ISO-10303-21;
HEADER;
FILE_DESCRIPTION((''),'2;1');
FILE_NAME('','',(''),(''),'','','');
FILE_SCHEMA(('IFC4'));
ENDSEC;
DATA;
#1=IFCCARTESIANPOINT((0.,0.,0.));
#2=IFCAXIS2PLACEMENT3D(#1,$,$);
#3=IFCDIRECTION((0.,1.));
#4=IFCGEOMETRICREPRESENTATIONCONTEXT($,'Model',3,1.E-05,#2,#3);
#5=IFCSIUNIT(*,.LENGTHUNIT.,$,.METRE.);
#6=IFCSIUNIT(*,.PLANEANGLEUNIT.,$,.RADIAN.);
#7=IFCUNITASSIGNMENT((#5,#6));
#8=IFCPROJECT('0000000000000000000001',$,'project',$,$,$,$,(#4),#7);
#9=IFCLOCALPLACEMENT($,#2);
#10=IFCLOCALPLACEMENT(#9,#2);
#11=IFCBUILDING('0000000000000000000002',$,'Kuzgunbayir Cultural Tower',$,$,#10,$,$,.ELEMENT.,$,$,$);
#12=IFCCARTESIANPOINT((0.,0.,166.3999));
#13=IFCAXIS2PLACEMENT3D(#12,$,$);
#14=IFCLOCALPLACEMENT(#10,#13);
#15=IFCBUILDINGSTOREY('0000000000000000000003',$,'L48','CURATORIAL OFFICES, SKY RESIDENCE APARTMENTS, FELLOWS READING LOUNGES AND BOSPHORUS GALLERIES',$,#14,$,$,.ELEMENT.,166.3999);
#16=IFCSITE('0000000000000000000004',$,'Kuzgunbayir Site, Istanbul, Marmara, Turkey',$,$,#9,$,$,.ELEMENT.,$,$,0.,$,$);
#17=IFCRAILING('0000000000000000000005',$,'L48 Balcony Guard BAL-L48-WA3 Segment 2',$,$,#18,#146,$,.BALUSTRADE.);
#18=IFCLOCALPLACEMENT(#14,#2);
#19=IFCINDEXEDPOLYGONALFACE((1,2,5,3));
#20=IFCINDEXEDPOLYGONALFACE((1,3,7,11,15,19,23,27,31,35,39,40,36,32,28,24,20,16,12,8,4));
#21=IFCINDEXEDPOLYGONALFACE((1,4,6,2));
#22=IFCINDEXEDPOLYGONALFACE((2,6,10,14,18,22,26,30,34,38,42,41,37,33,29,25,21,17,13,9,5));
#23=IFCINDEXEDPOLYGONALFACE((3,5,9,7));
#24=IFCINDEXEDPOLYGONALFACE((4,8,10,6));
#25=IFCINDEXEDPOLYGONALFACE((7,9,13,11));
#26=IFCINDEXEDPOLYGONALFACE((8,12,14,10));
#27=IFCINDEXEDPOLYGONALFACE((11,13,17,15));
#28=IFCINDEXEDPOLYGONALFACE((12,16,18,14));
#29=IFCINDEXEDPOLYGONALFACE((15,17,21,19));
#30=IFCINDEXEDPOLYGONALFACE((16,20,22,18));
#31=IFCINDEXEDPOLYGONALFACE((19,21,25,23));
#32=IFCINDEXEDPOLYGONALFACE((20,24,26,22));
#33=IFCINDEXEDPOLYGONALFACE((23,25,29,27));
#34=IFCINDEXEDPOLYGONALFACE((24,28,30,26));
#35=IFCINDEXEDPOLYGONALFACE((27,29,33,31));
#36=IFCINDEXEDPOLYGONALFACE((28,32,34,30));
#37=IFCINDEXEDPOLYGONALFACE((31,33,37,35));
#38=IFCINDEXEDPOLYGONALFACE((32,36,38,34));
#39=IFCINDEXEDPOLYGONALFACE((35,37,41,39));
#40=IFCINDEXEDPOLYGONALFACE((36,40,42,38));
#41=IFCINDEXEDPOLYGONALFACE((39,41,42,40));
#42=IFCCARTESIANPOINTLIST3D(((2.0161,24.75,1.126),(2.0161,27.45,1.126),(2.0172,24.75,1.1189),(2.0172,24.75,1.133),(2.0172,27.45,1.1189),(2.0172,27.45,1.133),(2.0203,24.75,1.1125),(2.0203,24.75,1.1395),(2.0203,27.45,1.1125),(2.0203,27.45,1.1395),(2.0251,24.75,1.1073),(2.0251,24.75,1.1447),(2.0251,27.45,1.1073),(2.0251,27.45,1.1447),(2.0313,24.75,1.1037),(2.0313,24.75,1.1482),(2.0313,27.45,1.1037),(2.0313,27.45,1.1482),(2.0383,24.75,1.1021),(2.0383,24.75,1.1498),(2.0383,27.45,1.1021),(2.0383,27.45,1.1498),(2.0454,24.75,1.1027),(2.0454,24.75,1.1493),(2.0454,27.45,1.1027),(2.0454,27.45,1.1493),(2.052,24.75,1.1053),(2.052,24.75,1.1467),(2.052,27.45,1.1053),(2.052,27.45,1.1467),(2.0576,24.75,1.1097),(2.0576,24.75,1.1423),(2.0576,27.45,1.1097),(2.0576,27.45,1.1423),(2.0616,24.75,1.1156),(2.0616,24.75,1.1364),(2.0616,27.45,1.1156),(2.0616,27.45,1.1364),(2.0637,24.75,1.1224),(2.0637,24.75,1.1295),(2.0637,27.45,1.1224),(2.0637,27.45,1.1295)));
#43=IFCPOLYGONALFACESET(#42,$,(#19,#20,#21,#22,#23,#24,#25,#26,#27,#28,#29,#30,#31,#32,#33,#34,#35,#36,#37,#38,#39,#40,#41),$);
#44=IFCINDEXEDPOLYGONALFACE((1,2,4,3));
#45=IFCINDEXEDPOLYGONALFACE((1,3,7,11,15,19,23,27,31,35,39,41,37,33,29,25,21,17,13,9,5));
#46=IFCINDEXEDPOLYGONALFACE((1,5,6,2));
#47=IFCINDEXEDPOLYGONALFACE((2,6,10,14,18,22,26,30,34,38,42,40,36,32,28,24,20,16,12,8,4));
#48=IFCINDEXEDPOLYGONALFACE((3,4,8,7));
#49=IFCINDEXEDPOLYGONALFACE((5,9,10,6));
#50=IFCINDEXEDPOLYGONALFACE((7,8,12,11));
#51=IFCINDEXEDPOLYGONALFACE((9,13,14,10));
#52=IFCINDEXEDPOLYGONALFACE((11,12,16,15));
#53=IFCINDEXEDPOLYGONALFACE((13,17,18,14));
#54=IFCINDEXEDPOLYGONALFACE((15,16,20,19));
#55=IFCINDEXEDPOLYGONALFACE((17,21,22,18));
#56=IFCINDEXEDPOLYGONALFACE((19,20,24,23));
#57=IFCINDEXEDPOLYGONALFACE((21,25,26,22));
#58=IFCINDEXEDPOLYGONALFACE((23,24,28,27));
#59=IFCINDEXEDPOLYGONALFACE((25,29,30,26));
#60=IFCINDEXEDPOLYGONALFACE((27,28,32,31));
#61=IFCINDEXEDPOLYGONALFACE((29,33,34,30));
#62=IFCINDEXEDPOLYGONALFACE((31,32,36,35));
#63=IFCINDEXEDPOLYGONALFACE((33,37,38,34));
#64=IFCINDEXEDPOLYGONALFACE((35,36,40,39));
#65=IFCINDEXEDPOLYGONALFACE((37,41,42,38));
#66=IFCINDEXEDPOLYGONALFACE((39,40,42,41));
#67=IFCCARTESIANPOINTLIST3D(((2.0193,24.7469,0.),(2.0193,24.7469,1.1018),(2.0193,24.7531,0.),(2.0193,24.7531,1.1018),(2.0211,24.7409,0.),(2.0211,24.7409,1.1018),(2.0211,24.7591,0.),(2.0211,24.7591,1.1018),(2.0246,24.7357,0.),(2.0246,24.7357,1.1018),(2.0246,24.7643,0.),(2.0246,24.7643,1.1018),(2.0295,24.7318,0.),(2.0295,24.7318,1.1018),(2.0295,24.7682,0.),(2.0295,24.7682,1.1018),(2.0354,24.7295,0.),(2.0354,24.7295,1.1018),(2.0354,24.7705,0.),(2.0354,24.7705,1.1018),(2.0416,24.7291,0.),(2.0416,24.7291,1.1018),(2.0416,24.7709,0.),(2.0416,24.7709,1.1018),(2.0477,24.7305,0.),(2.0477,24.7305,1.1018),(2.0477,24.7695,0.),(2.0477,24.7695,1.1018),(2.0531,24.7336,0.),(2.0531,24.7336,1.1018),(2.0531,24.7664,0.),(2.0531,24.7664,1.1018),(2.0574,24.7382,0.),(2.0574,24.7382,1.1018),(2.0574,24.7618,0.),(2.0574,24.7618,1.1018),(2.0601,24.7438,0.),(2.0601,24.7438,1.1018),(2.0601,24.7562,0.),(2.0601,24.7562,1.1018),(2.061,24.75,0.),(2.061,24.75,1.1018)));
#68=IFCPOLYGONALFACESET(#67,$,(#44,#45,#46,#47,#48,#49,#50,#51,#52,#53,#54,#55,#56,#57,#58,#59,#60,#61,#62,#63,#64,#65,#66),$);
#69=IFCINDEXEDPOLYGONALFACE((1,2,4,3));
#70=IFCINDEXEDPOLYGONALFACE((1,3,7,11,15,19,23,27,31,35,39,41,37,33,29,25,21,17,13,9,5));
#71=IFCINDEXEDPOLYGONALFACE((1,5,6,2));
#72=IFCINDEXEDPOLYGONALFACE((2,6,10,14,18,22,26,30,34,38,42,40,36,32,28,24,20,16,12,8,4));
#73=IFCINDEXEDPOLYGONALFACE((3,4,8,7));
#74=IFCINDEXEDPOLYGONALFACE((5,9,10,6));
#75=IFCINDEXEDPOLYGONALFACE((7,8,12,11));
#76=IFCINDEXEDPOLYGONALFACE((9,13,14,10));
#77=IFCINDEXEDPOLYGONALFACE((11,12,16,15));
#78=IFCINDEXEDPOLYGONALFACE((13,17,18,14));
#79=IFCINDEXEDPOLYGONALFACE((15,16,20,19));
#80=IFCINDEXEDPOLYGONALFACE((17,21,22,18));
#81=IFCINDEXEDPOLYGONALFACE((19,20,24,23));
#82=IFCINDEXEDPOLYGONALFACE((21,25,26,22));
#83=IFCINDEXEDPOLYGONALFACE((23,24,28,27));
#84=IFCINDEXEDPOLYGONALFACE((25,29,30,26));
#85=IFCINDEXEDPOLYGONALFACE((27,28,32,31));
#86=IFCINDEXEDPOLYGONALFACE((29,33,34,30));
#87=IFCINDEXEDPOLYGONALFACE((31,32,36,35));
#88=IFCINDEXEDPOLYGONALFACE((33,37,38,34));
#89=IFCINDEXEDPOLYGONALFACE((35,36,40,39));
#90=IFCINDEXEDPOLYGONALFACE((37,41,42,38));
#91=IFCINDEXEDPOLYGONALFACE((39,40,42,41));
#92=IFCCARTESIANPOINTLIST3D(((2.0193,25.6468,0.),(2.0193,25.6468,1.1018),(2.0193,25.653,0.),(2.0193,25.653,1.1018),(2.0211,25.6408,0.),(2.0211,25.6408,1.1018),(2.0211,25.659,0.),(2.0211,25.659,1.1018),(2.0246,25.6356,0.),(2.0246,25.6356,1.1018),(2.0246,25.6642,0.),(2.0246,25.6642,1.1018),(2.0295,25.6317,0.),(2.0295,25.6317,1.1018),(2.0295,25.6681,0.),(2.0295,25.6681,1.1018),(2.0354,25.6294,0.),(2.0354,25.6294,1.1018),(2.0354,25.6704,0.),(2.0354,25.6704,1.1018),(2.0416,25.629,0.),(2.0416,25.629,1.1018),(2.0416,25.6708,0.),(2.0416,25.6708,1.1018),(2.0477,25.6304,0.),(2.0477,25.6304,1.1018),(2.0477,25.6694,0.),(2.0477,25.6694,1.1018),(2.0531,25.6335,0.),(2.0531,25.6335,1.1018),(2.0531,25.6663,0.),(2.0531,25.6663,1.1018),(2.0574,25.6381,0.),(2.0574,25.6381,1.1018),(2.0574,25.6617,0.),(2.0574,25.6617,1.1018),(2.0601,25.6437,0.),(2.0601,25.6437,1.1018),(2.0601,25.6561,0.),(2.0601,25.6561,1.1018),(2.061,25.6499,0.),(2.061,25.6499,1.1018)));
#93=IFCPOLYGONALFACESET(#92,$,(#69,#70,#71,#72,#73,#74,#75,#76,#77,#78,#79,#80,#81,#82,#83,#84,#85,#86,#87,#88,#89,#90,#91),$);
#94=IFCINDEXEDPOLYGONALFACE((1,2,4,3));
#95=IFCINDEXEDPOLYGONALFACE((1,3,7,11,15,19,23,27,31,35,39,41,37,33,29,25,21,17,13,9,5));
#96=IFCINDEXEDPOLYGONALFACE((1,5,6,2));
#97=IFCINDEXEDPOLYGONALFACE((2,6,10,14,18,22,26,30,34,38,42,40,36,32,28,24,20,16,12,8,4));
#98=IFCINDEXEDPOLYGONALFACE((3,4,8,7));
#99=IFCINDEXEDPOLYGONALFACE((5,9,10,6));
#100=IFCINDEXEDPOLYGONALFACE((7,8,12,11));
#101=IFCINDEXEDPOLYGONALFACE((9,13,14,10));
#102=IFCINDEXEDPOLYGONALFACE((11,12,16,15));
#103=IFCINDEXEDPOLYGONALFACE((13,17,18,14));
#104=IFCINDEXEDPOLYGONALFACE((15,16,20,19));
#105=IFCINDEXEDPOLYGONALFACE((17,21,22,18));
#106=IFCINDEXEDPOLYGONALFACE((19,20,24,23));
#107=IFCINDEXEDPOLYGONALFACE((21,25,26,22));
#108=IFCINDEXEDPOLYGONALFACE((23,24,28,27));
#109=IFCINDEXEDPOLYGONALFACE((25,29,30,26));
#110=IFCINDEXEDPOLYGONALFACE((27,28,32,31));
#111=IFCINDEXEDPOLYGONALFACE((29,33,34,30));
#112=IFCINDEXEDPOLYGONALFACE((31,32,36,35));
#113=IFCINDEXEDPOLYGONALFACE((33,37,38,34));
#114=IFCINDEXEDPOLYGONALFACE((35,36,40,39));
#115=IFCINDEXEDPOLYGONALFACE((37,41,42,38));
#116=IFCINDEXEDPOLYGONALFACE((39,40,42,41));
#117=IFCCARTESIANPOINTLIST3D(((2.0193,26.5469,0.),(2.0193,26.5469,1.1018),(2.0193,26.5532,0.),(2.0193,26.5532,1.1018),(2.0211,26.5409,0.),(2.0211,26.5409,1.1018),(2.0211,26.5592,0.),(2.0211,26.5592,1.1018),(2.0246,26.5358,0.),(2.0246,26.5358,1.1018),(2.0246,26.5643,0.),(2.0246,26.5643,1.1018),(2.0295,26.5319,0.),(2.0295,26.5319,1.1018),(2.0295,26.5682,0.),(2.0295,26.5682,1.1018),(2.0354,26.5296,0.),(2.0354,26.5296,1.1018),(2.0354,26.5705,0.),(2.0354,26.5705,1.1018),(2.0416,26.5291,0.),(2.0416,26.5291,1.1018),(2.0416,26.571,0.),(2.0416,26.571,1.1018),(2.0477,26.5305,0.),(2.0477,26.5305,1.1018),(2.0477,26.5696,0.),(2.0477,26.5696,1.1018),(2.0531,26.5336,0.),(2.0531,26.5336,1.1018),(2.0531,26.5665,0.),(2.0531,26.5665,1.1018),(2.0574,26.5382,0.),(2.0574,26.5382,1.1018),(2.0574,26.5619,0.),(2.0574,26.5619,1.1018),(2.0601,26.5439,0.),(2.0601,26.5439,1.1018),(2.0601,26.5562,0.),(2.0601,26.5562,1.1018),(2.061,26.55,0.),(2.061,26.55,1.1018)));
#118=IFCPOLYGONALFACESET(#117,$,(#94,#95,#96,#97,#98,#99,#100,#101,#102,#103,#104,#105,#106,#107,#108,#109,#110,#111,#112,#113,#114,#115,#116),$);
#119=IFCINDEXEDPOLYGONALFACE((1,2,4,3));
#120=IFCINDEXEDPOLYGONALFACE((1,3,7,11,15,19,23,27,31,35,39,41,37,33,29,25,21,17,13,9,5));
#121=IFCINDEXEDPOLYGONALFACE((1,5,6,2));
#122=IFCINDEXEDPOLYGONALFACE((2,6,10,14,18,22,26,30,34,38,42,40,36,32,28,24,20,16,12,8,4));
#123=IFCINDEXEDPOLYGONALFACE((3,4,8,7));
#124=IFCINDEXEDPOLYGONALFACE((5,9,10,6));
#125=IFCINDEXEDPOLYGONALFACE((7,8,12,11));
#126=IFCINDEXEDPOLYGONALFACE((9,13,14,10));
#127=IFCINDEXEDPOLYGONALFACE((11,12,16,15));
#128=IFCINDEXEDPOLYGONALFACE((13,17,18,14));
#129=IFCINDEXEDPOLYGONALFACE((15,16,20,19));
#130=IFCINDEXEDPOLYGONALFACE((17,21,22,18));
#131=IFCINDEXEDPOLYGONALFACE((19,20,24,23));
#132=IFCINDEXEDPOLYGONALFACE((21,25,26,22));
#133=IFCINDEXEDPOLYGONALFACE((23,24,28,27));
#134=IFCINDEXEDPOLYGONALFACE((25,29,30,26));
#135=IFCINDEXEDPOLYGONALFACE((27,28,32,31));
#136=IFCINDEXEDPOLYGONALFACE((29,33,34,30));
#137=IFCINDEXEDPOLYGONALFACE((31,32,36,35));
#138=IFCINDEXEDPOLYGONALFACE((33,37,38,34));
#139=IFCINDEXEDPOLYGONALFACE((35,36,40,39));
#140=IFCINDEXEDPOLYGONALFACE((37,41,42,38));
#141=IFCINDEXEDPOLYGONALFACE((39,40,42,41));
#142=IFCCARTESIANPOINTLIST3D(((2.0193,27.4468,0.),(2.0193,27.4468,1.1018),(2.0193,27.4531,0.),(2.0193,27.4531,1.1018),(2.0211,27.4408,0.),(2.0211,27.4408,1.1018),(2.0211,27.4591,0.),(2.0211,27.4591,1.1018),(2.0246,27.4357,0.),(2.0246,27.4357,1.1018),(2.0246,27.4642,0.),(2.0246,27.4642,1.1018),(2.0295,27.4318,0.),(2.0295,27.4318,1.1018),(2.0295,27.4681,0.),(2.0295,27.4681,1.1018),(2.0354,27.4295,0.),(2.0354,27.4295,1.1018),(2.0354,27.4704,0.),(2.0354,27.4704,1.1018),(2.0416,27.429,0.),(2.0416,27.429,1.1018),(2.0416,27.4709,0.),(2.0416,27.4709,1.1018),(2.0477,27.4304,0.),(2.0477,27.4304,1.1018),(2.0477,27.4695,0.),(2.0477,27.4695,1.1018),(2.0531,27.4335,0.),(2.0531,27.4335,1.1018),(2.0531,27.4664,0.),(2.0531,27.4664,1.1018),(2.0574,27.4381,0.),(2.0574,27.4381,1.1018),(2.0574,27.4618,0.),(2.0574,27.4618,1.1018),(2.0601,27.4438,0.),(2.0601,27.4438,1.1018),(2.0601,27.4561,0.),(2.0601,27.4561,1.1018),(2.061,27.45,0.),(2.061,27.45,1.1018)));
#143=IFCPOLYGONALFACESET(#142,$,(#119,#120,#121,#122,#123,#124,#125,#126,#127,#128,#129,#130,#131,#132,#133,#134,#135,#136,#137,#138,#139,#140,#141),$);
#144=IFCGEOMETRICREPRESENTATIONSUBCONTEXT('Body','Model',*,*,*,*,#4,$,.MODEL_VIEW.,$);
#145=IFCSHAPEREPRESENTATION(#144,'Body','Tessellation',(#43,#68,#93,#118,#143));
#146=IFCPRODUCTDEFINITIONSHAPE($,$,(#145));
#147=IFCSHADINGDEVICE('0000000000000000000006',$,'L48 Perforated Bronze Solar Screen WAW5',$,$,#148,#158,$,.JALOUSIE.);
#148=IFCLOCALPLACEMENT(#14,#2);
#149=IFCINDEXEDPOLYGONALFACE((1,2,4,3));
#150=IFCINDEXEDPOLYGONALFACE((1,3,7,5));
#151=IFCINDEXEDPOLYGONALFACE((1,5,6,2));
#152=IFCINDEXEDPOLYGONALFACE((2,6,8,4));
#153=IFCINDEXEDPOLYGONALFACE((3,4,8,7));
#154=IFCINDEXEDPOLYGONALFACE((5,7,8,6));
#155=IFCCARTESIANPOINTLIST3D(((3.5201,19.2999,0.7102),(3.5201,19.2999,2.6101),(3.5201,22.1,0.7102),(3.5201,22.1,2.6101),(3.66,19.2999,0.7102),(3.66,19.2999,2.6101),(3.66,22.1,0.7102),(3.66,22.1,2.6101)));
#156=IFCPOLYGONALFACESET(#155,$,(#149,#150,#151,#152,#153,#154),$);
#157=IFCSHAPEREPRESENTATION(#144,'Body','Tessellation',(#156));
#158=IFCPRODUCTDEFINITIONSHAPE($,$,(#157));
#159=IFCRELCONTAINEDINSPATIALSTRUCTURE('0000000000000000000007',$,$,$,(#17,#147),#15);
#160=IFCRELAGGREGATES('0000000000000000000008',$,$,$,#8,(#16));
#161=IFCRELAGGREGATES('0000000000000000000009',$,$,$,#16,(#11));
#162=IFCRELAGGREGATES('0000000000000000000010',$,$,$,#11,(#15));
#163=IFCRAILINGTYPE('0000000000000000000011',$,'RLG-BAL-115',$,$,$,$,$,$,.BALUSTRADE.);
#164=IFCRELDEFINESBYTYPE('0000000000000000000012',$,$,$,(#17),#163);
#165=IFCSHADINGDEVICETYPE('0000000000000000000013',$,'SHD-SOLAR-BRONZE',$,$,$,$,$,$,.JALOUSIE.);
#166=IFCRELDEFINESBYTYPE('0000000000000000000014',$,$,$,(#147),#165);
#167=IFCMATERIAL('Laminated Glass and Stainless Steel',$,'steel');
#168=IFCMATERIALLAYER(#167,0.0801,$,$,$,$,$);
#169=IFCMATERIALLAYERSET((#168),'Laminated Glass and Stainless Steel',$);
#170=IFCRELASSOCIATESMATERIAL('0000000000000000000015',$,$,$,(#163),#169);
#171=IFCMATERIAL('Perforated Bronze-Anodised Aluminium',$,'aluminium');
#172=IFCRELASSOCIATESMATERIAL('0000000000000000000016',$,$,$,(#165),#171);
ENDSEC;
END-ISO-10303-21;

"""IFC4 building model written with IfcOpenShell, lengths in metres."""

from ifc_helpers import new_model, si_unit, direction, frame, origin, origin_2d, place, context, subcontext, project, spatial, rectangle, circle, extrude, material, layer, layer_set, type_object, element, save


model = new_model("IFC4")

# Units and contexts
model_context = context("Model", 3, precision=1e-05, world=origin(), true_north=direction((0.0, 1.0)))
body_context = subcontext(model_context, "Body", "Model", "MODEL_VIEW")
ifc_project = project(units=[si_unit("LENGTHUNIT", "METRE"), si_unit("PLANEANGLEUNIT", "RADIAN")], contexts=[model_context])

# Site, building, storey
site_placement = place(None, origin())
site = spatial("IfcSite", under=ifc_project, at=site_placement, Name="Kuzgunbayir Site, Istanbul, Marmara, Turkey", CompositionType="ELEMENT", RefElevation=0.0)
building_placement = place(site_placement, origin())
building = spatial("IfcBuilding", under=site, at=building_placement, Name="Kuzgunbayir Cultural Tower", CompositionType="ELEMENT")
storey_placement = place(building_placement, frame((0.0, 0.0, 166.3999)))
storey = spatial("IfcBuildingStorey", under=building, at=storey_placement, Name="L48", Description="CURATORIAL OFFICES, SKY RESIDENCE APARTMENTS, FELLOWS READING LOUNGES AND BOSPHORUS GALLERIES", CompositionType="ELEMENT", Elevation=166.3999)

# Railing
ifc_material_1 = material(Name="Laminated Glass and Stainless Steel", Category="steel")
ifc_layer_1 = layer(ifc_material_1, 0.0801)
ifc_layer_set_1 = layer_set([ifc_layer_1], Name="Laminated Glass and Stainless Steel")
railing_type = type_object("IfcRailingType", Name="RLG-BAL-115", PredefinedType="BALUSTRADE", material=ifc_layer_set_1)
railing_1_placement = place(storey_placement, frame((2.04, 24.75, 0.0)))
element("IfcRailing", 1, at=railing_1_placement, inside=storey, type_object=railing_type, Name="L48 Balcony Guard BAL-L48-WA3 Segment 2", PredefinedType="BALUSTRADE", context=body_context, shape_type="SweptSolid", body=[
    extrude(circle(Radius=0.0239, at=origin_2d()), frame((0.0, 0.0, 1.126), z_axis=(0.0, 1.0, 0.0), x_axis=(-1.0, 0.0, 0.0)), (0.0, 0.0, 1.0), 2.7),
    extrude(circle(Radius=0.021, at=origin_2d()), origin(), (0.0, 0.0, 1.0), 1.1018),
    extrude(circle(Radius=0.021, at=origin_2d()), frame((0.0, 0.8999, 0.0)), (0.0, 0.0, 1.0), 1.1018),
    extrude(circle(Radius=0.021, at=origin_2d()), frame((0.0, 1.8, 0.0)), (0.0, 0.0, 1.0), 1.1018),
    extrude(circle(Radius=0.021, at=origin_2d()), frame((0.0, 2.7, 0.0)), (0.0, 0.0, 1.0), 1.1018),
])

# Shading device
ifc_material_2 = material(Name="Perforated Bronze-Anodised Aluminium", Category="aluminium")
shading_device_type = type_object("IfcShadingDeviceType", Name="SHD-SOLAR-BRONZE", PredefinedType="JALOUSIE", material=ifc_material_2)
shading_device_placement = place(storey_placement, frame((3.5901, 20.7, 0.7102), z_axis=(0.0, 0.0, 1.0), x_axis=(1.0, 0.0, 0.0)))
element("IfcShadingDevice", 2, at=shading_device_placement, inside=storey, type_object=shading_device_type, Name="L48 Perforated Bronze Solar Screen WAW5", PredefinedType="JALOUSIE", context=body_context, shape_type="SweptSolid", body=[
    extrude(rectangle(XDim=0.1399, YDim=2.8, at=origin_2d()), origin(), (0.0, 0.0, 1.0), 1.8999),
])

save(model, "model.ifc")
